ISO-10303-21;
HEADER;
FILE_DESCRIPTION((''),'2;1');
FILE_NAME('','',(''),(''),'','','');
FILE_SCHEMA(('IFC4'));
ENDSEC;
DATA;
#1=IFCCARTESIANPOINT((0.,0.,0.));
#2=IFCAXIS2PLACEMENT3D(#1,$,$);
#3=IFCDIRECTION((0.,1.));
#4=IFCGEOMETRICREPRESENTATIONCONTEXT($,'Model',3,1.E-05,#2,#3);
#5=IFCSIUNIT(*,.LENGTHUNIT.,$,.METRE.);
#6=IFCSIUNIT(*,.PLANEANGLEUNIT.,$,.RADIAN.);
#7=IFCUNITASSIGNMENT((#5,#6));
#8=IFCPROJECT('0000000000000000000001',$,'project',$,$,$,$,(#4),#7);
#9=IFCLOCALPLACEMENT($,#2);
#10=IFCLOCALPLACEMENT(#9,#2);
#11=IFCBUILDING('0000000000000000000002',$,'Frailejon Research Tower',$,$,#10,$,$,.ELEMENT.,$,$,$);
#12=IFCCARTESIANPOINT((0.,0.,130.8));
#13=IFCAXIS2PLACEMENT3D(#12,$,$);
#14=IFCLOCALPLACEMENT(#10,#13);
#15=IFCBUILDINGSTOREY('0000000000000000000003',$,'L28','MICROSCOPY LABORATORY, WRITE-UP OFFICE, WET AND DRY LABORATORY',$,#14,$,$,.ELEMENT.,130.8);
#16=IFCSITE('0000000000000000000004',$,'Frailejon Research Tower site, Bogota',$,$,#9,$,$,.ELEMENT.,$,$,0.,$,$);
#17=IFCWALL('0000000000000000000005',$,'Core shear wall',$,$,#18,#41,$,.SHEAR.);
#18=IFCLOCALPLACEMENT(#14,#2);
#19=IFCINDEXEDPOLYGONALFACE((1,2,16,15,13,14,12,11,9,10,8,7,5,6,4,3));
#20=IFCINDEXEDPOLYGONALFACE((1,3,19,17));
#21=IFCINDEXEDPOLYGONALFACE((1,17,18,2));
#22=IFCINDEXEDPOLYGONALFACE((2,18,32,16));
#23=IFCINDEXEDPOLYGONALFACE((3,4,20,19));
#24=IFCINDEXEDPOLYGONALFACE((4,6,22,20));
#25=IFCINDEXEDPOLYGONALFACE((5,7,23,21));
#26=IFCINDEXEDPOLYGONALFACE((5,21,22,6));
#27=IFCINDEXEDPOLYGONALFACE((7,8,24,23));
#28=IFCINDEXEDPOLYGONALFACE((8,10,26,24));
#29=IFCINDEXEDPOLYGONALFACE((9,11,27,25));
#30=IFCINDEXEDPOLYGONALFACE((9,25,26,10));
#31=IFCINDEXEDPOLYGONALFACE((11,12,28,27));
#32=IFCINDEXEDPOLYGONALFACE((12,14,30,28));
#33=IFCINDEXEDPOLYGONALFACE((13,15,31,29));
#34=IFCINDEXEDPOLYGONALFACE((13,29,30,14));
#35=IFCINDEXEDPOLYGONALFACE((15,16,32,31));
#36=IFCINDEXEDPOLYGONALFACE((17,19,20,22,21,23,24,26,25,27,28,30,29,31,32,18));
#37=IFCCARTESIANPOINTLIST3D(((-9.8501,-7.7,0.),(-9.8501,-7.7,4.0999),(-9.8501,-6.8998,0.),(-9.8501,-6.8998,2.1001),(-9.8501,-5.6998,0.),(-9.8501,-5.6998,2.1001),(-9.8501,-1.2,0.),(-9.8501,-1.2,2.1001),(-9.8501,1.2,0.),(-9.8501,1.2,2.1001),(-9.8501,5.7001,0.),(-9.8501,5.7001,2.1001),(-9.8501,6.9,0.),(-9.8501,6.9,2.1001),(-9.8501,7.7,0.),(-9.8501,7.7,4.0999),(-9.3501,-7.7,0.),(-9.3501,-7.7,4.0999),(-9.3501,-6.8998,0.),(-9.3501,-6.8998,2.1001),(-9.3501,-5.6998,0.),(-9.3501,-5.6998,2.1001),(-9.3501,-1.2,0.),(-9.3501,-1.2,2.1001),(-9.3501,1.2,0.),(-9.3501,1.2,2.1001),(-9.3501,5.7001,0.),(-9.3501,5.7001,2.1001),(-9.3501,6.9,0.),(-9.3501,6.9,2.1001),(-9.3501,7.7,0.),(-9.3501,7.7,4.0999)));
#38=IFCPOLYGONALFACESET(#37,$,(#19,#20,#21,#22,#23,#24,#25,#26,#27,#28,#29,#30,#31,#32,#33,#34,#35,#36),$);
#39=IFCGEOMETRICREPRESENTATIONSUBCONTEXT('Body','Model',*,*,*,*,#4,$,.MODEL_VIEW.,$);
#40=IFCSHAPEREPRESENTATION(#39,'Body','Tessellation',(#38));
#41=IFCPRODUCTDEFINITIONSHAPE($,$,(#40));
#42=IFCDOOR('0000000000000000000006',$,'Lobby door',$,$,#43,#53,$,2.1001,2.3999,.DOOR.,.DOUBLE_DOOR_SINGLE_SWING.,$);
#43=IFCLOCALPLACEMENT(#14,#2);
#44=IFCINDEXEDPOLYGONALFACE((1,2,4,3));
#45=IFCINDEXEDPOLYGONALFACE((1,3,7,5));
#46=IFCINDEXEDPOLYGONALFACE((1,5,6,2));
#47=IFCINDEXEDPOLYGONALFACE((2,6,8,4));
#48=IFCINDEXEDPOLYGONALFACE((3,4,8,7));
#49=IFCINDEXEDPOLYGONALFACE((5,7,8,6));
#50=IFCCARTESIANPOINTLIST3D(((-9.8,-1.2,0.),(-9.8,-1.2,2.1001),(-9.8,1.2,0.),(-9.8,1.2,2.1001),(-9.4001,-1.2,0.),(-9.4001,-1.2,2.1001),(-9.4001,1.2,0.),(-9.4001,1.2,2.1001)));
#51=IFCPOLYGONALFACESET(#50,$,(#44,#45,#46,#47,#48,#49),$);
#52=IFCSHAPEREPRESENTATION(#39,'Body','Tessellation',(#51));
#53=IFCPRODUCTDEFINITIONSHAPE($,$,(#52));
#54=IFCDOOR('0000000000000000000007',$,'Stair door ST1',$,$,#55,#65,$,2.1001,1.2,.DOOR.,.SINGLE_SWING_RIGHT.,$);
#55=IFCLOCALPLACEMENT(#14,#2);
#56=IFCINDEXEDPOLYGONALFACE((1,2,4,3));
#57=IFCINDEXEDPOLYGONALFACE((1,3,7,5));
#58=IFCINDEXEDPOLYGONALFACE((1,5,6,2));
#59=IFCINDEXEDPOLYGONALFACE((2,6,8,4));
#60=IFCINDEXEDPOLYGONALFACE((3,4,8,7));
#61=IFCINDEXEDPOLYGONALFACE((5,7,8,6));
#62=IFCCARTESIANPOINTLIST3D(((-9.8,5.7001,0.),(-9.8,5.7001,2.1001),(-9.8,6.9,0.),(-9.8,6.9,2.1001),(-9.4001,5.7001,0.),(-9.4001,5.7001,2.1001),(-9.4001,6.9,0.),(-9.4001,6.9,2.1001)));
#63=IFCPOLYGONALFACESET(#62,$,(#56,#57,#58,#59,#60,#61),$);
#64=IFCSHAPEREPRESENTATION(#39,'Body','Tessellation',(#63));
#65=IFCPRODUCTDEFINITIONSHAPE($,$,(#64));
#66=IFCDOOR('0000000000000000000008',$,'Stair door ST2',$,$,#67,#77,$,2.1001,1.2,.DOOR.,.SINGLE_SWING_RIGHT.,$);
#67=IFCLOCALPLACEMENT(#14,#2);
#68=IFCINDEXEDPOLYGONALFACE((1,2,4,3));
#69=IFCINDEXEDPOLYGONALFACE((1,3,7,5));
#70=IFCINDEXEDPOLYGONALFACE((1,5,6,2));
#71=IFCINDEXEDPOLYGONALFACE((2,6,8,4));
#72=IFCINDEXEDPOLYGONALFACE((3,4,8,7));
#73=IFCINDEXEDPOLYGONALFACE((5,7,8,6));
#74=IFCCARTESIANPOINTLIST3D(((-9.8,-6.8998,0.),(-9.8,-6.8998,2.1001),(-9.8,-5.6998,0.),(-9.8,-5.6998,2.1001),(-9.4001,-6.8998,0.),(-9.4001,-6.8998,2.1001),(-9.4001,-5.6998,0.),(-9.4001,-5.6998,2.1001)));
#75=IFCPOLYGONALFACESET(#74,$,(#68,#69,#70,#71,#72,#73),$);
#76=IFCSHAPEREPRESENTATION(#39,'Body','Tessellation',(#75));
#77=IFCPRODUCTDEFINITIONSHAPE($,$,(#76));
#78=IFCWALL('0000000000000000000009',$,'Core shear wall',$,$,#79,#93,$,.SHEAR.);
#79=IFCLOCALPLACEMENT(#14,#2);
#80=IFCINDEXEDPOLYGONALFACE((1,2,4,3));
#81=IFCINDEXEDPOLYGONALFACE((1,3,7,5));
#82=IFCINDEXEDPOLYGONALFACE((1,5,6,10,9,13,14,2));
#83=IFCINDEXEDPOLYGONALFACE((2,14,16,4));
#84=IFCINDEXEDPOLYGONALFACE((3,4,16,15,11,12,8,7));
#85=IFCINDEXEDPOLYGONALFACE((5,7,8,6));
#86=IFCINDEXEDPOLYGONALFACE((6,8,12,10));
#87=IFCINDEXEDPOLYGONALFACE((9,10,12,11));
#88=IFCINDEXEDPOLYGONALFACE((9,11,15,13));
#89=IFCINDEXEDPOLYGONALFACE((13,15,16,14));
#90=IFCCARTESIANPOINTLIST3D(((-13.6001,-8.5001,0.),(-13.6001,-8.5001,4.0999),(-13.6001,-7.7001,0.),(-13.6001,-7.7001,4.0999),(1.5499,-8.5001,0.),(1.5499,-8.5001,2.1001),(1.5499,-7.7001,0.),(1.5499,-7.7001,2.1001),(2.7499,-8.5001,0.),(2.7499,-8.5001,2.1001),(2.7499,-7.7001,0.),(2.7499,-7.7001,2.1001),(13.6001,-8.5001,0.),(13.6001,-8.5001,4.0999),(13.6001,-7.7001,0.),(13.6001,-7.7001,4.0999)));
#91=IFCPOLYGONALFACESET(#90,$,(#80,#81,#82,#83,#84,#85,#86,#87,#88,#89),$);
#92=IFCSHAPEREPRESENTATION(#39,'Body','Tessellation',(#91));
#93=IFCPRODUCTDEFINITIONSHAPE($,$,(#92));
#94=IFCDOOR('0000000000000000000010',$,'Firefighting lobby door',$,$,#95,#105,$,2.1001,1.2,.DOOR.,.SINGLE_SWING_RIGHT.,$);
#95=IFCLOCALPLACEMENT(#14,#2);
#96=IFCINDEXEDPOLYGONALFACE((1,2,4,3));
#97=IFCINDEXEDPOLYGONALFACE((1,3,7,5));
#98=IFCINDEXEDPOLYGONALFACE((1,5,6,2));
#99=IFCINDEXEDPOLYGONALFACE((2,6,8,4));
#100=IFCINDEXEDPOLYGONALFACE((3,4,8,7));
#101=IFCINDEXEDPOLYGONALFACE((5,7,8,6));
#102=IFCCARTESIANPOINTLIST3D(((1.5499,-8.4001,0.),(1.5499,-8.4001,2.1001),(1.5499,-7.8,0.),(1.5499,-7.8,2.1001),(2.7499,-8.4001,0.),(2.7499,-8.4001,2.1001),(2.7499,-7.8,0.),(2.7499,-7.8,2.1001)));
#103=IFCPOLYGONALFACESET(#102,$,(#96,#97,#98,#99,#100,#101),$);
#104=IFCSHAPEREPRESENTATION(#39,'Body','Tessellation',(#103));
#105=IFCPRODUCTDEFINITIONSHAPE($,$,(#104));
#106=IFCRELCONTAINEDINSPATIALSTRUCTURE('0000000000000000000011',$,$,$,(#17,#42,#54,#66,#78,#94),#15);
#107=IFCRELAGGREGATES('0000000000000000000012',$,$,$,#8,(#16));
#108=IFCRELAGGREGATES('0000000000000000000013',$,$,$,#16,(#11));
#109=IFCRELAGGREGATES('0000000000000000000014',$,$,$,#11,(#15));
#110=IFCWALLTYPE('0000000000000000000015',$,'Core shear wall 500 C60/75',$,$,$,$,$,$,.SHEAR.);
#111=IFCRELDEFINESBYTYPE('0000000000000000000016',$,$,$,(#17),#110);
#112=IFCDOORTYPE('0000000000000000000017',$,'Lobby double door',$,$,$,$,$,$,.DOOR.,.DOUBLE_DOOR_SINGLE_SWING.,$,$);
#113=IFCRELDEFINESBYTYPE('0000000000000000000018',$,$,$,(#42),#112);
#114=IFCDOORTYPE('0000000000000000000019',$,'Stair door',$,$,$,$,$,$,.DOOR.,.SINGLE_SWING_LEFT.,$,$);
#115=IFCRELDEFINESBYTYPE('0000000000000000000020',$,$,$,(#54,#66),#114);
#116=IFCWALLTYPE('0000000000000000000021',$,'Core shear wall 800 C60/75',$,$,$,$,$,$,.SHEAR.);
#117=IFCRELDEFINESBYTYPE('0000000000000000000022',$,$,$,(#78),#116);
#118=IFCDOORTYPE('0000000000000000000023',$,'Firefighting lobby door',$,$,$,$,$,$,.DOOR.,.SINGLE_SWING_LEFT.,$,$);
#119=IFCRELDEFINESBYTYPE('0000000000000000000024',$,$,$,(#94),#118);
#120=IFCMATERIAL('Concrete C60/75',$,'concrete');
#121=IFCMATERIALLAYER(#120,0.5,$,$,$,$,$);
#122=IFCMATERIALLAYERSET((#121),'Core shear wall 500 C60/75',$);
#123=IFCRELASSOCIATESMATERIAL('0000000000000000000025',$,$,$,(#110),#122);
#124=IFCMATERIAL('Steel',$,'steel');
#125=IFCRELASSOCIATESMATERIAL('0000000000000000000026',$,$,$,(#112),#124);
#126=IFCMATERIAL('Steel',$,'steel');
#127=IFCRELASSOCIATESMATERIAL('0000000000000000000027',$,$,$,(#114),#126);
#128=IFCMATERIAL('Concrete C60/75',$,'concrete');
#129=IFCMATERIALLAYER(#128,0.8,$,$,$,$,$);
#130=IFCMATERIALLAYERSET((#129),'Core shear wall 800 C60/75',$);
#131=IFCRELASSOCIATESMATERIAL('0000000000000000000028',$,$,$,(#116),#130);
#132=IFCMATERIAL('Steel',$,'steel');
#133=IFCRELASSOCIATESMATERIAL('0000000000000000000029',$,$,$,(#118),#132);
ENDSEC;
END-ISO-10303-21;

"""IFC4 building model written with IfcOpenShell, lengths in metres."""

from ifc_helpers import new_model, si_unit, direction, frame, frame_2d, origin, place, context, subcontext, project, spatial, rectangle, extrude, material, layer, layer_set, type_object, element, fill, save


model = new_model("IFC4")

# Units and contexts
model_context = context("Model", 3, precision=1e-05, world=origin(), true_north=direction((0.0, 1.0)))
body_context = subcontext(model_context, "Body", "Model", "MODEL_VIEW")
ifc_project = project(units=[si_unit("LENGTHUNIT", "METRE"), si_unit("PLANEANGLEUNIT", "RADIAN")], contexts=[model_context])

# Site, building, storey
site_placement = place(None, origin())
site = spatial("IfcSite", under=ifc_project, at=site_placement, Name="Frailejon Research Tower site, Bogota", CompositionType="ELEMENT", RefElevation=0.0)
building_placement = place(site_placement, origin())
building = spatial("IfcBuilding", under=site, at=building_placement, Name="Frailejon Research Tower", CompositionType="ELEMENT")
storey_placement = place(building_placement, frame((0.0, 0.0, 130.8)))
storey = spatial("IfcBuildingStorey", under=building, at=storey_placement, Name="L28", Description="MICROSCOPY LABORATORY, WRITE-UP OFFICE, WET AND DRY LABORATORY", CompositionType="ELEMENT", Elevation=130.8)

# Wall, openings, doors
ifc_material_1 = material(Name="Concrete C60/75", Category="concrete")
ifc_layer_1 = layer(ifc_material_1, 0.5)
ifc_layer_set_1 = layer_set([ifc_layer_1], Name="Core shear wall 500 C60/75")
wall_type_1 = type_object("IfcWallType", Name="Core shear wall 500 C60/75", PredefinedType="SHEAR", material=ifc_layer_set_1)
wall_1_placement = place(storey_placement, frame((-9.6001, -7.7, 0.0), z_axis=(0.0, 0.0, 1.0), x_axis=(0.0, 1.0, 0.0)))
wall_1 = element("IfcWall", 1, at=wall_1_placement, inside=storey, type_object=wall_type_1, Name="Core shear wall", PredefinedType="SHEAR", context=body_context, shape_type="SweptSolid", body=[
    extrude(rectangle(XDim=15.3999, YDim=0.5, at=frame_2d((7.7, 0.0))), origin(), (0.0, 0.0, 1.0), 4.0999),
])
opening_1_placement = place(wall_1_placement, frame((6.5, 0.0, 0.0)))
opening_1 = element("IfcOpeningElement", 2, at=opening_1_placement, cuts=wall_1, PredefinedType="OPENING", context=body_context, shape_type="SweptSolid", body=[
    extrude(rectangle(XDim=2.3999, YDim=2.1001, at=frame_2d((1.2, 1.05))), frame((0.0, 0.26, 0.0), z_axis=(0.0, -1.0, 0.0), x_axis=(1.0, 0.0, 0.0)), (0.0, 0.0, 1.0), 0.52),
])
opening_2_placement = place(wall_1_placement, frame((13.3999, 0.0, 0.0)))
opening_2 = element("IfcOpeningElement", 3, at=opening_2_placement, cuts=wall_1, PredefinedType="OPENING", context=body_context, shape_type="SweptSolid", body=[
    extrude(rectangle(XDim=1.2, YDim=2.1001, at=frame_2d((0.6001, 1.05))), frame((0.0, 0.26, 0.0), z_axis=(0.0, -1.0, 0.0), x_axis=(1.0, 0.0, 0.0)), (0.0, 0.0, 1.0), 0.52),
])
opening_3_placement = place(wall_1_placement, frame((0.8, 0.0, 0.0)))
opening_3 = element("IfcOpeningElement", 4, at=opening_3_placement, cuts=wall_1, PredefinedType="OPENING", context=body_context, shape_type="SweptSolid", body=[
    extrude(rectangle(XDim=1.2, YDim=2.1001, at=frame_2d((0.6001, 1.05))), frame((0.0, 0.26, 0.0), z_axis=(0.0, -1.0, 0.0), x_axis=(1.0, 0.0, 0.0)), (0.0, 0.0, 1.0), 0.52),
])
ifc_material_2 = material(Name="Steel", Category="steel")
door_type_1 = type_object("IfcDoorType", Name="Lobby double door", OperationType="DOUBLE_DOOR_SINGLE_SWING", PredefinedType="DOOR", material=ifc_material_2)
door_1_placement = place(opening_1_placement, origin())
door_1 = element("IfcDoor", 5, at=door_1_placement, inside=storey, type_object=door_type_1, Name="Lobby door", OperationType="DOUBLE_DOOR_SINGLE_SWING", OverallHeight=2.1001, OverallWidth=2.3999, PredefinedType="DOOR", context=body_context, shape_type="SweptSolid", body=[
    extrude(rectangle(XDim=2.3999, YDim=2.1001, at=frame_2d((1.2, 1.05))), frame((0.0, 0.2, 0.0), z_axis=(0.0, -1.0, 0.0), x_axis=(1.0, 0.0, 0.0)), (0.0, 0.0, 1.0), 0.3999),
])
fill(opening_1, door_1)
ifc_material_3 = material(Name="Steel", Category="steel")
door_type_2 = type_object("IfcDoorType", Name="Stair door", OperationType="SINGLE_SWING_LEFT", PredefinedType="DOOR", material=ifc_material_3)
door_2_placement = place(opening_2_placement, origin())
door_2 = element("IfcDoor", 6, at=door_2_placement, inside=storey, type_object=door_type_2, Name="Stair door ST1", OperationType="SINGLE_SWING_RIGHT", OverallHeight=2.1001, OverallWidth=1.2, PredefinedType="DOOR", context=body_context, shape_type="SweptSolid", body=[
    extrude(rectangle(XDim=1.2, YDim=2.1001, at=frame_2d((0.6001, 1.05))), frame((0.0, 0.2, 0.0), z_axis=(0.0, -1.0, 0.0), x_axis=(1.0, 0.0, 0.0)), (0.0, 0.0, 1.0), 0.3999),
])
fill(opening_2, door_2)
door_3_placement = place(opening_3_placement, origin())
door_3 = element("IfcDoor", 7, at=door_3_placement, inside=storey, type_object=door_type_2, Name="Stair door ST2", OperationType="SINGLE_SWING_RIGHT", OverallHeight=2.1001, OverallWidth=1.2, PredefinedType="DOOR", context=body_context, shape_type="SweptSolid", body=[
    extrude(rectangle(XDim=1.2, YDim=2.1001, at=frame_2d((0.6001, 1.05))), frame((0.0, 0.2, 0.0), z_axis=(0.0, -1.0, 0.0), x_axis=(1.0, 0.0, 0.0)), (0.0, 0.0, 1.0), 0.3999),
])
fill(opening_3, door_3)

# Wall, opening, door
ifc_material_4 = material(Name="Concrete C60/75", Category="concrete")
ifc_layer_2 = layer(ifc_material_4, 0.8)
ifc_layer_set_2 = layer_set([ifc_layer_2], Name="Core shear wall 800 C60/75")
wall_type_2 = type_object("IfcWallType", Name="Core shear wall 800 C60/75", PredefinedType="SHEAR", material=ifc_layer_set_2)
wall_2_placement = place(storey_placement, frame((-13.6001, -8.1001, 0.0), z_axis=(0.0, 0.0, 1.0), x_axis=(1.0, 0.0, 0.0)))
wall_2 = element("IfcWall", 8, at=wall_2_placement, inside=storey, type_object=wall_type_2, Name="Core shear wall", PredefinedType="SHEAR", context=body_context, shape_type="SweptSolid", body=[
    extrude(rectangle(XDim=27.2002, YDim=0.8, at=frame_2d((13.6001, 0.0))), origin(), (0.0, 0.0, 1.0), 4.0999),
])
opening_4_placement = place(wall_2_placement, frame((15.1499, 0.0, 0.0)))
opening_4 = element("IfcOpeningElement", 9, at=opening_4_placement, cuts=wall_2, PredefinedType="OPENING", context=body_context, shape_type="SweptSolid", body=[
    extrude(rectangle(XDim=1.2, YDim=2.1001, at=frame_2d((0.6001, 1.05))), frame((0.0, 0.4099, 0.0), z_axis=(0.0, -1.0, 0.0), x_axis=(1.0, 0.0, 0.0)), (0.0, 0.0, 1.0), 0.8201),
])
ifc_material_5 = material(Name="Steel", Category="steel")
door_type_3 = type_object("IfcDoorType", Name="Firefighting lobby door", OperationType="SINGLE_SWING_LEFT", PredefinedType="DOOR", material=ifc_material_5)
door_4_placement = place(opening_4_placement, origin())
door_4 = element("IfcDoor", 10, at=door_4_placement, inside=storey, type_object=door_type_3, Name="Firefighting lobby door", OperationType="SINGLE_SWING_RIGHT", OverallHeight=2.1001, OverallWidth=1.2, PredefinedType="DOOR", context=body_context, shape_type="SweptSolid", body=[
    extrude(rectangle(XDim=1.2, YDim=2.1001, at=frame_2d((0.6001, 1.05))), frame((0.0, 0.3, 0.0), z_axis=(0.0, -1.0, 0.0), x_axis=(1.0, 0.0, 0.0)), (0.0, 0.0, 1.0), 0.6001),
])
fill(opening_4, door_4)

save(model, "model.ifc")
